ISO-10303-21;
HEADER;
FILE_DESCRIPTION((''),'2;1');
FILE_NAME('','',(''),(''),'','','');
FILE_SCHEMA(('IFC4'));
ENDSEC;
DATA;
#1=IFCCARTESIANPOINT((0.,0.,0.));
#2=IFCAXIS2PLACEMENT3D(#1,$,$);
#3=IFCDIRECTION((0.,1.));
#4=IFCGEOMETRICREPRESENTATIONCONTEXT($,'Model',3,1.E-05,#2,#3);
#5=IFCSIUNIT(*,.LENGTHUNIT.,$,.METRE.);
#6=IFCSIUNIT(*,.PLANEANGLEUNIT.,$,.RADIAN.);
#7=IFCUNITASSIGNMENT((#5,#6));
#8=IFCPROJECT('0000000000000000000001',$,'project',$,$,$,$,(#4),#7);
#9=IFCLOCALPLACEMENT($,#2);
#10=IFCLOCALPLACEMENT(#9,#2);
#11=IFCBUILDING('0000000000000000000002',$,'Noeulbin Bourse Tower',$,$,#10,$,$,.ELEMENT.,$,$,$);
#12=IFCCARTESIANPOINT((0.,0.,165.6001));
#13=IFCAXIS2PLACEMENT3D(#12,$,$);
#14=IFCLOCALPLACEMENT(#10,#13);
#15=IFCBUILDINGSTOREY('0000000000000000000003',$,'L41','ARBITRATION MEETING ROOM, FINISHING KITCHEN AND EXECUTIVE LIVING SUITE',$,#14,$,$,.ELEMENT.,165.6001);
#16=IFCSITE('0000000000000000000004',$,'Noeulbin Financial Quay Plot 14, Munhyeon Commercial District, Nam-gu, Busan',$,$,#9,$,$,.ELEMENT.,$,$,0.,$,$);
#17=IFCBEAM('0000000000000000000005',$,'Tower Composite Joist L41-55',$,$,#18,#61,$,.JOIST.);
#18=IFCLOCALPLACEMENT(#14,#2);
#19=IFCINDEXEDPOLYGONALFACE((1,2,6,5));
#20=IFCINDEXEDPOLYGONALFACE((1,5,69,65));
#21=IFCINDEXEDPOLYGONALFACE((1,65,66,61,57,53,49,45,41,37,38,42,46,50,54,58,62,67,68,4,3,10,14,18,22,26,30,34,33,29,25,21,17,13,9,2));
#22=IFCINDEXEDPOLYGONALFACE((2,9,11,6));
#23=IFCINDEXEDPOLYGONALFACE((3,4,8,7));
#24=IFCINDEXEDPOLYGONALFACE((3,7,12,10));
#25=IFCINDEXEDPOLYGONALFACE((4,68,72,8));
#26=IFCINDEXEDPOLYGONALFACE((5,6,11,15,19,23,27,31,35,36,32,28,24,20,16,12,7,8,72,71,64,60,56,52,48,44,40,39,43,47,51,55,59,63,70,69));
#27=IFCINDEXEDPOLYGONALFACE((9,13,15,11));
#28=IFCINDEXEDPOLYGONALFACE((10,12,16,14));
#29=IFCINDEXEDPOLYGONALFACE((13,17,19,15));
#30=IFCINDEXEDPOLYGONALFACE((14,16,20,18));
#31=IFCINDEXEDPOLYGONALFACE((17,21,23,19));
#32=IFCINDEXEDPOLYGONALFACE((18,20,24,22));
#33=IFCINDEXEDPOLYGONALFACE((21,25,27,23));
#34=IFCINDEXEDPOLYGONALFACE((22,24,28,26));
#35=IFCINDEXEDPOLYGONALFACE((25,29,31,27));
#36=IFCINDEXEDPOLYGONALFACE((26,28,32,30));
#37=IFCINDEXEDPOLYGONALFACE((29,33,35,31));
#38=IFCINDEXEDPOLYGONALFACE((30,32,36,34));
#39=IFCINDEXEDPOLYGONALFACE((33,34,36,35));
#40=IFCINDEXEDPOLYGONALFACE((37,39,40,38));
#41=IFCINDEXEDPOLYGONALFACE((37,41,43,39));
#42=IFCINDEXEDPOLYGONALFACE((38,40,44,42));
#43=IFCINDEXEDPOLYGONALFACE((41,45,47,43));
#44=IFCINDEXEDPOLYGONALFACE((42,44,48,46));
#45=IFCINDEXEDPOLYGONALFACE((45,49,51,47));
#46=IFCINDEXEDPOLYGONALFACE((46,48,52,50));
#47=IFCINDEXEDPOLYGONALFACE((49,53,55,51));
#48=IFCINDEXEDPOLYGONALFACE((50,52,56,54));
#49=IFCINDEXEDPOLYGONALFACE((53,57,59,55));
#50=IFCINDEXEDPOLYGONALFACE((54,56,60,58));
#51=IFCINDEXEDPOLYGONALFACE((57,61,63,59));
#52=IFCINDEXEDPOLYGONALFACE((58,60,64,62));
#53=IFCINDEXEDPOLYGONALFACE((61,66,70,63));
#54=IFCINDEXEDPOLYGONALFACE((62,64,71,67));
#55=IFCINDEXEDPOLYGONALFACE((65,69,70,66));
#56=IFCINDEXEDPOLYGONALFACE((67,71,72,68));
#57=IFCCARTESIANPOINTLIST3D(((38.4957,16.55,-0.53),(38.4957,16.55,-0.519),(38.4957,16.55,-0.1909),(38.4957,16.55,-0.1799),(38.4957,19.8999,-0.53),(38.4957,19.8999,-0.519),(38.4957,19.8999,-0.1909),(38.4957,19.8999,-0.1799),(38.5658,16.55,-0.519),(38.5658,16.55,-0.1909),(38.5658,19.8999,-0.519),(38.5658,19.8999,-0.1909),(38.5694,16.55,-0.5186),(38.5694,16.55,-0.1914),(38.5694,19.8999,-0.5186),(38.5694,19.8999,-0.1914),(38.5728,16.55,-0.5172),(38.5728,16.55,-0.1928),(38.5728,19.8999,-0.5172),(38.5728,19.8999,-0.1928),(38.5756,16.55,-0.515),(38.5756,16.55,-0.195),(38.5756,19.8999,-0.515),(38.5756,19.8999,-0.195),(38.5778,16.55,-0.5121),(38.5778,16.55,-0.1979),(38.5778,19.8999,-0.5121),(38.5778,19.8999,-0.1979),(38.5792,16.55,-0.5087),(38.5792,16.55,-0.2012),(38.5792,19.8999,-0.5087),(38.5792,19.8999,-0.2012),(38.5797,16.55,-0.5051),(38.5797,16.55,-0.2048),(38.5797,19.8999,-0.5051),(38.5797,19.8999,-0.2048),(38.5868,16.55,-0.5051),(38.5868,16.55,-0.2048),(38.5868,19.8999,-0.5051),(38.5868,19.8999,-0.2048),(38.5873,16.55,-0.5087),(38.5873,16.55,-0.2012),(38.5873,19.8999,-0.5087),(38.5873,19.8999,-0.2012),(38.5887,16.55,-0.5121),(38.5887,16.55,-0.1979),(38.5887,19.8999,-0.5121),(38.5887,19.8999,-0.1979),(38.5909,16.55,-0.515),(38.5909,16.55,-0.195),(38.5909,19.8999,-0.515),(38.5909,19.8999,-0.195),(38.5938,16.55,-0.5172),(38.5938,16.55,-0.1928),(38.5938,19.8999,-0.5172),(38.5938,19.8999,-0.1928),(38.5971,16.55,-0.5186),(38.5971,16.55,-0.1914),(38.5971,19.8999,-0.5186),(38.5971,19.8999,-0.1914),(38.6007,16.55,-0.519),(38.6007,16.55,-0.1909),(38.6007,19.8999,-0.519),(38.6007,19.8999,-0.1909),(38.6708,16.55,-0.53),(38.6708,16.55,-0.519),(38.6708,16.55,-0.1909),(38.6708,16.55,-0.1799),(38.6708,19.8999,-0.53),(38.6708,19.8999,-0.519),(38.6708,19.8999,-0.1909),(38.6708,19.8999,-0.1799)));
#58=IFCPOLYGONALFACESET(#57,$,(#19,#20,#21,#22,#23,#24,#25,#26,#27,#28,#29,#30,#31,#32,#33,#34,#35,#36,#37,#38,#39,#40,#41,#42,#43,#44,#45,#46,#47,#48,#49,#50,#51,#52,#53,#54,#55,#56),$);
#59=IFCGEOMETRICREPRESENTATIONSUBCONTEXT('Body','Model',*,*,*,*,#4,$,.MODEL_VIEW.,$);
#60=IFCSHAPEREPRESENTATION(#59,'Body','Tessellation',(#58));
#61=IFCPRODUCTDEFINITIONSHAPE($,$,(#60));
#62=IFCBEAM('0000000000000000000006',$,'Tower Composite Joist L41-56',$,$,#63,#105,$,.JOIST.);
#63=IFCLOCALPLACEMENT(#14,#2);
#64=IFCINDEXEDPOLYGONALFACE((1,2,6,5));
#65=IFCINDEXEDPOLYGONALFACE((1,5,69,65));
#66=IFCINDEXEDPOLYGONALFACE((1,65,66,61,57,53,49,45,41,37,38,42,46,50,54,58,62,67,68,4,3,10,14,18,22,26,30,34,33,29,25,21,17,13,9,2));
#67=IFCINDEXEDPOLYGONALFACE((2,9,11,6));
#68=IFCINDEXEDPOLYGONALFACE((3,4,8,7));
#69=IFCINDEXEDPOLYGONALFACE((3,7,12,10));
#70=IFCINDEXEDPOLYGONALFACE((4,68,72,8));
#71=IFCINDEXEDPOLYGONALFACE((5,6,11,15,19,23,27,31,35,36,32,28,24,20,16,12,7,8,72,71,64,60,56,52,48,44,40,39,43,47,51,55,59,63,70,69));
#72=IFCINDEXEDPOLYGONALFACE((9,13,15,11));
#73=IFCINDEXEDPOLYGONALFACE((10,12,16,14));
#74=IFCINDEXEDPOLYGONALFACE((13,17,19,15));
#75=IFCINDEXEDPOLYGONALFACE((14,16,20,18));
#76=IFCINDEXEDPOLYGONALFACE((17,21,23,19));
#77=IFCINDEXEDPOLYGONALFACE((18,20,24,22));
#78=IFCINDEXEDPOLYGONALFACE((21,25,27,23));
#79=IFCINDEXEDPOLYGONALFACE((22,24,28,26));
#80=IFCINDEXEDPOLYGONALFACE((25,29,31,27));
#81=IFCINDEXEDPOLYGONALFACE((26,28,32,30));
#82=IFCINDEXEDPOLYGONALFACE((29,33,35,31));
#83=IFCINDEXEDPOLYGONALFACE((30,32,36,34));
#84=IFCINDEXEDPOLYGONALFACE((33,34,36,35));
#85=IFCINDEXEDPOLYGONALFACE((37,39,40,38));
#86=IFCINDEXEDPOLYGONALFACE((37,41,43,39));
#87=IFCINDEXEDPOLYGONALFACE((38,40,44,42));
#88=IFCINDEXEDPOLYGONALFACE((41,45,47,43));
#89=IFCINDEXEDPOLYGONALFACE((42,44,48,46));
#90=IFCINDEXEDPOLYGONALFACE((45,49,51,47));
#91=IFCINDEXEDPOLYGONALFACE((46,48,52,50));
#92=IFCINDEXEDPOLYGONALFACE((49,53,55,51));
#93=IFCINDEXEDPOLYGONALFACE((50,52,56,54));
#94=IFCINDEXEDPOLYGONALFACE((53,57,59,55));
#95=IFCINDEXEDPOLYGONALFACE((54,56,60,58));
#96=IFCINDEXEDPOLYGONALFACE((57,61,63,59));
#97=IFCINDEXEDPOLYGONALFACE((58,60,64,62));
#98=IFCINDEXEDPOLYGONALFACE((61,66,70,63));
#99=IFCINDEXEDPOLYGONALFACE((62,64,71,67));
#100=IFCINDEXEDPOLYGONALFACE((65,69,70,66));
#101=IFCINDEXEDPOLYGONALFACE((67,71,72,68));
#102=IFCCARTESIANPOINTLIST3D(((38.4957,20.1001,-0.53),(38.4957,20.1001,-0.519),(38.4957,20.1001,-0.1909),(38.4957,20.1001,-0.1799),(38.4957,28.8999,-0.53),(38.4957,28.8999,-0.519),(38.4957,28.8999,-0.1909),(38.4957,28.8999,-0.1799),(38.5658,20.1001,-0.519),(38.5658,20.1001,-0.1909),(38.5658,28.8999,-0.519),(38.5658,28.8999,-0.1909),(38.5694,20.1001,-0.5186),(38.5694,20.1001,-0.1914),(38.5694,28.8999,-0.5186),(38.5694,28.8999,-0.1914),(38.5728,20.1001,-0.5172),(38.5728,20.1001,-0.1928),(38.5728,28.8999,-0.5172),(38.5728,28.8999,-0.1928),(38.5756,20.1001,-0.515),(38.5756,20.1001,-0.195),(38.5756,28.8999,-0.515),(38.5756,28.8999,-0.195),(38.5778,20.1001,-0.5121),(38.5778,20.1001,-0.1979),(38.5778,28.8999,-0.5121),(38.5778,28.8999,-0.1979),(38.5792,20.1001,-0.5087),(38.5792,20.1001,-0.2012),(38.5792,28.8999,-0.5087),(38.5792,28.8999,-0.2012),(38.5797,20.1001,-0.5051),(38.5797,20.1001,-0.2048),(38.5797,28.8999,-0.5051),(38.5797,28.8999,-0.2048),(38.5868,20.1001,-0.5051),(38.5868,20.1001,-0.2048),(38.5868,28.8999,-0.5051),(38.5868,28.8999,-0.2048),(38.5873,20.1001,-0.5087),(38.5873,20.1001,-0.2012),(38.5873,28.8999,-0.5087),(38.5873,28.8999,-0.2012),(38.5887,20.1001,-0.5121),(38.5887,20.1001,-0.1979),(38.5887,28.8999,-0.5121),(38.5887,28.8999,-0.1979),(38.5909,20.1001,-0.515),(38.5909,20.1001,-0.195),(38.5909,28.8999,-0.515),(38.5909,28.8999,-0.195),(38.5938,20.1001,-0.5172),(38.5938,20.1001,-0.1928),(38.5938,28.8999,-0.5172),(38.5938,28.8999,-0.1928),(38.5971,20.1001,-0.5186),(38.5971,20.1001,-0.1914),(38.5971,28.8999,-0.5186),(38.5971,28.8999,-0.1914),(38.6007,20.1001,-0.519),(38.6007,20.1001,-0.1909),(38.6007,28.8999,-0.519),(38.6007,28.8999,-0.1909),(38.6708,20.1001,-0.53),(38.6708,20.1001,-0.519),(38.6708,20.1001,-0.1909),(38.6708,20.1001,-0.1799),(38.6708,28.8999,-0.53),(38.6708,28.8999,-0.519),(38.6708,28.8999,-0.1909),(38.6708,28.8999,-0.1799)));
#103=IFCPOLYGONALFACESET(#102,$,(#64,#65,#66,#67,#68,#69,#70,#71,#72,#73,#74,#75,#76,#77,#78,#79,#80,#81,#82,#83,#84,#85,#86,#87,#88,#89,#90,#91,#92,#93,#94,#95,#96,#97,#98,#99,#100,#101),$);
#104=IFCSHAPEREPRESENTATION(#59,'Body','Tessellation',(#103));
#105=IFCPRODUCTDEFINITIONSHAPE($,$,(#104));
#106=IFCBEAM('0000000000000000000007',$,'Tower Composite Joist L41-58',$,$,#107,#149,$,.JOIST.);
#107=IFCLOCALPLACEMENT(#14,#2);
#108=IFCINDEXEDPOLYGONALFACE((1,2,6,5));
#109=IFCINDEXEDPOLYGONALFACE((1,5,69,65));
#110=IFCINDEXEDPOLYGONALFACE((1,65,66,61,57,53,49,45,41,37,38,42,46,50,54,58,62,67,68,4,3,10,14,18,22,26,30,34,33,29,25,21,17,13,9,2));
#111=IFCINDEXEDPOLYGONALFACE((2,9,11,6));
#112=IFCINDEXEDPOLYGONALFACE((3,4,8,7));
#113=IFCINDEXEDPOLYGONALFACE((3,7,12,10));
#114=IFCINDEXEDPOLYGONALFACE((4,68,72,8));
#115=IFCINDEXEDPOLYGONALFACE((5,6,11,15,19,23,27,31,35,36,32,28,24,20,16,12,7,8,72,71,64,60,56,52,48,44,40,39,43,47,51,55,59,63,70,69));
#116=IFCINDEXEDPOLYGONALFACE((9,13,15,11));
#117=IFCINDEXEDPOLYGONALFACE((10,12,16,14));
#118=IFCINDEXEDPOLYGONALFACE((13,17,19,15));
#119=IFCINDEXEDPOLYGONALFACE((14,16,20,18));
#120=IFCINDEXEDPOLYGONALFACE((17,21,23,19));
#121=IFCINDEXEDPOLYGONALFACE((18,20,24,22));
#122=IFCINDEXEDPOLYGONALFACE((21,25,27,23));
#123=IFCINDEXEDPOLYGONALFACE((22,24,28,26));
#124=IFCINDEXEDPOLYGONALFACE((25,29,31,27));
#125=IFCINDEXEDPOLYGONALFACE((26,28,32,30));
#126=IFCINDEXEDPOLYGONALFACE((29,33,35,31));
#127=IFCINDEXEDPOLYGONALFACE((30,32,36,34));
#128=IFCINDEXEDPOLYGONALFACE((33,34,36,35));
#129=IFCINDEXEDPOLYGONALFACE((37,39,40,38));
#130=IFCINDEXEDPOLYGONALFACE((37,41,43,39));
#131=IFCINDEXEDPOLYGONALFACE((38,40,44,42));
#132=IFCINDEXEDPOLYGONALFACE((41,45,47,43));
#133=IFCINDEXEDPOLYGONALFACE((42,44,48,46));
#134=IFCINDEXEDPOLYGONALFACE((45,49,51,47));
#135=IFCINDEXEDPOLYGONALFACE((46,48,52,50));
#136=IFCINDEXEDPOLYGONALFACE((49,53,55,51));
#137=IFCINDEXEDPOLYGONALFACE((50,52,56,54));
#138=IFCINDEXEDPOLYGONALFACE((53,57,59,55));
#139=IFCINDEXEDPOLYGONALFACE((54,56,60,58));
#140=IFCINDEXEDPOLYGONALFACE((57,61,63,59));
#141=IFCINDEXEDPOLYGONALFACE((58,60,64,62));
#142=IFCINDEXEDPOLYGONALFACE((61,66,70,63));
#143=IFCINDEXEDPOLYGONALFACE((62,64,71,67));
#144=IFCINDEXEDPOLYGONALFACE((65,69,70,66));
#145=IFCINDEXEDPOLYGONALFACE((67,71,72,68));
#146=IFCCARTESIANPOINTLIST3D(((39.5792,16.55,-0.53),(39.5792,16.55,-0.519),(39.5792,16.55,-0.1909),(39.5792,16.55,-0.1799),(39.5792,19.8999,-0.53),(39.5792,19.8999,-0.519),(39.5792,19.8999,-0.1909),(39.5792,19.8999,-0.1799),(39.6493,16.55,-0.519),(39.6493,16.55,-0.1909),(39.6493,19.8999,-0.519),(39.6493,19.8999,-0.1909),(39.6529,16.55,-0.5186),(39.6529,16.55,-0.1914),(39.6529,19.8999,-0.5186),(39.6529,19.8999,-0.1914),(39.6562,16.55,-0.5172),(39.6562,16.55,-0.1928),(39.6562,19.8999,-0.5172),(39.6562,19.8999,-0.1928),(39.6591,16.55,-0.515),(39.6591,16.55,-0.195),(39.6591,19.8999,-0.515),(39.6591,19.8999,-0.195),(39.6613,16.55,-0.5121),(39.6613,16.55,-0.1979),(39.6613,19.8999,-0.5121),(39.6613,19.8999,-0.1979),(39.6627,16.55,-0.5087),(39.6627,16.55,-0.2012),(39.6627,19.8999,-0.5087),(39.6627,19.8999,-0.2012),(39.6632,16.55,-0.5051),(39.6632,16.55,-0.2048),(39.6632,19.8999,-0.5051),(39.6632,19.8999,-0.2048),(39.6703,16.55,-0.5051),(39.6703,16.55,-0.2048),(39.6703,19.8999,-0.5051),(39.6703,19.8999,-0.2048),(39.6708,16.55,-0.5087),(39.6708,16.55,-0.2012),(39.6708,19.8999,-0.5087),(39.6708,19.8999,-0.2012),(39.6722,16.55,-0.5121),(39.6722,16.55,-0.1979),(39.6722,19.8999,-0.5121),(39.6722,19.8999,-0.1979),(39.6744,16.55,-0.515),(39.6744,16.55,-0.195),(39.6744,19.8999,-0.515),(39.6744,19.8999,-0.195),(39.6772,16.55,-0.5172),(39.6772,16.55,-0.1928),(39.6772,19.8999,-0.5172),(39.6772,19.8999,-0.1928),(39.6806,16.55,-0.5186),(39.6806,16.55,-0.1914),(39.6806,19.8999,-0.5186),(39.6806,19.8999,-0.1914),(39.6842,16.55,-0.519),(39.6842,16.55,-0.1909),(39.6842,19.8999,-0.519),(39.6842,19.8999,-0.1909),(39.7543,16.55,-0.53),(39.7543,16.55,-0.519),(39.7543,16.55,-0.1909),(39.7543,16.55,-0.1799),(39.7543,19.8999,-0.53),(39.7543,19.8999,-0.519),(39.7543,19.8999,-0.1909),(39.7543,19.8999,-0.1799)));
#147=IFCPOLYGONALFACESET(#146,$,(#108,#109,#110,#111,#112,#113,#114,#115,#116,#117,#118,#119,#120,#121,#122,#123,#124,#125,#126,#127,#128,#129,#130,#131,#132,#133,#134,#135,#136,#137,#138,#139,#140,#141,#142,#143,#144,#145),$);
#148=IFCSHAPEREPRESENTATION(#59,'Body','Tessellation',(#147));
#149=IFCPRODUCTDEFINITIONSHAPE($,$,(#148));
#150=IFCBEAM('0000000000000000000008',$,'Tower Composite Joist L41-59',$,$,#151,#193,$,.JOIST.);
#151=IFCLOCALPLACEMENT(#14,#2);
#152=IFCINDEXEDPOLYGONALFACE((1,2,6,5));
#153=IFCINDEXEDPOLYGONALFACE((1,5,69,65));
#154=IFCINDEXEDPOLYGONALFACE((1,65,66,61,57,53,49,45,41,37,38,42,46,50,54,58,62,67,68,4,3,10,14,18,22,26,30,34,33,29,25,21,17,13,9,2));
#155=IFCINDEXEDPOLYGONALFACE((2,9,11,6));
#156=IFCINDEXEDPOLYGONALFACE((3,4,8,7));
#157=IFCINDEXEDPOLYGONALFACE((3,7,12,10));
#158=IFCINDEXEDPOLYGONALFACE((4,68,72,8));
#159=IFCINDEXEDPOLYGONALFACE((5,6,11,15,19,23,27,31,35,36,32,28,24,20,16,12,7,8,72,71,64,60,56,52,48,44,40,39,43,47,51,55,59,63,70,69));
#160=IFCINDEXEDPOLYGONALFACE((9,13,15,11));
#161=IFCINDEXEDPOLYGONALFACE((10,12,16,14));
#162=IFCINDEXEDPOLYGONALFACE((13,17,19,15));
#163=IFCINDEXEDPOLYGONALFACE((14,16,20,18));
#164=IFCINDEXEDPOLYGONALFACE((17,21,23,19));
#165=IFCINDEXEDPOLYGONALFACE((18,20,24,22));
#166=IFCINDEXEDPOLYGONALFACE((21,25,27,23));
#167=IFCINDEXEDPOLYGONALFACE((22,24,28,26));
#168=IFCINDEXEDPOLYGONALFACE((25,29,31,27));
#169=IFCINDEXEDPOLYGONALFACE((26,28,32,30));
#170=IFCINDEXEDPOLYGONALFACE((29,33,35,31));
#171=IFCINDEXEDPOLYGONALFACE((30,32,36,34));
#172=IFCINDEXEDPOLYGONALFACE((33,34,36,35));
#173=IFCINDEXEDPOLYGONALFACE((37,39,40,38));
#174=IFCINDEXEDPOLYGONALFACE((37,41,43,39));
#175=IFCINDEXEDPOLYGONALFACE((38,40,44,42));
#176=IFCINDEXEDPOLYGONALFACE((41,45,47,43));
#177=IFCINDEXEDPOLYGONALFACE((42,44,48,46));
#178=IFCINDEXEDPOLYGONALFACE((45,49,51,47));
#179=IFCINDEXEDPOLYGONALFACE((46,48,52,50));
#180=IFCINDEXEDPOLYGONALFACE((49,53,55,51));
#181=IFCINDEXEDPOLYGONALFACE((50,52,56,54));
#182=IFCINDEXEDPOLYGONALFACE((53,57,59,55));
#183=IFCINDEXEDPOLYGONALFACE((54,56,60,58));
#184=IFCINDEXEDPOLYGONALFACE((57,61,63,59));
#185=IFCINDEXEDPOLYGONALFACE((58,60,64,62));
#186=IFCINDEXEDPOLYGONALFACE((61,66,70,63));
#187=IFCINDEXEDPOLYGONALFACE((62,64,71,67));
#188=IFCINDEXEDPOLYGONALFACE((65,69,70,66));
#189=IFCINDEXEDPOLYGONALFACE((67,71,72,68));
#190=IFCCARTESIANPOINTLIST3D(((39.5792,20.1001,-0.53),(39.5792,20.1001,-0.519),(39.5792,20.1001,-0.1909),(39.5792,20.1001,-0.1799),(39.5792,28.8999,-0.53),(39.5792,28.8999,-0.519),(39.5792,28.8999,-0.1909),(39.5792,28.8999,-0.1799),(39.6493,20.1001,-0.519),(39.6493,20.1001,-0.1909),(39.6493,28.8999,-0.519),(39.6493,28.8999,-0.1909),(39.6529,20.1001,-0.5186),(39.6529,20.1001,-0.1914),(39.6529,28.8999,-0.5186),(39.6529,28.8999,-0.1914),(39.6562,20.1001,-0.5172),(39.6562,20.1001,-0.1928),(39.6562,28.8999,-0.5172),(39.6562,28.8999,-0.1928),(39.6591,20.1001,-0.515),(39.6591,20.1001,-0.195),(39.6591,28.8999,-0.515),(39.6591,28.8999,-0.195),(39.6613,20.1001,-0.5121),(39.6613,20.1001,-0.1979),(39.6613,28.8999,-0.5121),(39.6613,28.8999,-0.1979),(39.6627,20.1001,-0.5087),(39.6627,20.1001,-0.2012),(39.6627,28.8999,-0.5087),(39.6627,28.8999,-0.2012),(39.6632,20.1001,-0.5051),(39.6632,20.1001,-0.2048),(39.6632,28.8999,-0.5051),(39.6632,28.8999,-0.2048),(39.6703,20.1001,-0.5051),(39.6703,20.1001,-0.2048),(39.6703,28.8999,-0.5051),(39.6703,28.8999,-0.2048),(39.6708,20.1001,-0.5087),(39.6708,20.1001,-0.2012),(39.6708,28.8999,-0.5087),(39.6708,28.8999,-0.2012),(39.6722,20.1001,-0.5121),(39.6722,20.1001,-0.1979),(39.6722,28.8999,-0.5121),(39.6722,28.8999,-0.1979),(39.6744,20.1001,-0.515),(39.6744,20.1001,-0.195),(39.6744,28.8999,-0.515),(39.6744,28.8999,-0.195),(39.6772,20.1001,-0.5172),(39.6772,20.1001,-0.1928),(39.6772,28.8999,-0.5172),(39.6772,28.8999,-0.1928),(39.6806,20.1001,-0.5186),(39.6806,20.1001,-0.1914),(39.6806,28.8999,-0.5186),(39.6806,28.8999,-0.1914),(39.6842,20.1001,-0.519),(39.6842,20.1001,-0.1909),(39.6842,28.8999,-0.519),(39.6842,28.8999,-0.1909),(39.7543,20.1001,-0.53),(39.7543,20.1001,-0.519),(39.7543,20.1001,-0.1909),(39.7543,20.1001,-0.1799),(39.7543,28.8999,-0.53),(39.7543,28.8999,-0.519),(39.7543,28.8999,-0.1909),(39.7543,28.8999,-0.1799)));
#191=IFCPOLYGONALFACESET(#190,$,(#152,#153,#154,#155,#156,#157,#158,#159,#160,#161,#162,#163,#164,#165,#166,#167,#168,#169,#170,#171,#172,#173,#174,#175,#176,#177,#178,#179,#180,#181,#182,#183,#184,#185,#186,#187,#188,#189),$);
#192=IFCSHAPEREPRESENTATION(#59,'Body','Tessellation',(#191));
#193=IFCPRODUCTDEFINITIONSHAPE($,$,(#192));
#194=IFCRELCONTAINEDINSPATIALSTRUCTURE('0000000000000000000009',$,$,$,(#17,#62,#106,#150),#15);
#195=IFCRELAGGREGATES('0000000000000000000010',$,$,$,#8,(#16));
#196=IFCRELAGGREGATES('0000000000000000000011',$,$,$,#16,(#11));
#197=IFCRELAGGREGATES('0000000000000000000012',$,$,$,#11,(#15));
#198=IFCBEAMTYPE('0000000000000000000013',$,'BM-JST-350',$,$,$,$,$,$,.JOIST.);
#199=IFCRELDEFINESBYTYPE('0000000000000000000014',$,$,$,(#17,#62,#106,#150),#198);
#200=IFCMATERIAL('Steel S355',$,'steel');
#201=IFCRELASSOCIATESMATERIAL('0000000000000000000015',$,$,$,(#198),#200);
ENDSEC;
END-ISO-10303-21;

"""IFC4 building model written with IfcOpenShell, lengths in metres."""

from ifc_helpers import new_model, si_unit, direction, frame, origin, origin_2d, place, context, subcontext, project, spatial, i_section, extrude, material, material_profile, profile_set, type_object, element, save


model = new_model("IFC4")

# Units and contexts
model_context = context("Model", 3, precision=1e-05, world=origin(), true_north=direction((0.0, 1.0)))
body_context = subcontext(model_context, "Body", "Model", "MODEL_VIEW")
ifc_project = project(units=[si_unit("LENGTHUNIT", "METRE"), si_unit("PLANEANGLEUNIT", "RADIAN")], contexts=[model_context])

# Site, building, storey
site_placement = place(None, origin())
site = spatial("IfcSite", under=ifc_project, at=site_placement, Name="Noeulbin Financial Quay Plot 14, Munhyeon Commercial District, Nam-gu, Busan", CompositionType="ELEMENT", RefElevation=0.0)
building_placement = place(site_placement, origin())
building = spatial("IfcBuilding", under=site, at=building_placement, Name="Noeulbin Bourse Tower", CompositionType="ELEMENT")
storey_placement = place(building_placement, frame((0.0, 0.0, 165.6001)))
storey = spatial("IfcBuildingStorey", under=building, at=storey_placement, Name="L41", Description="ARBITRATION MEETING ROOM, FINISHING KITCHEN AND EXECUTIVE LIVING SUITE", CompositionType="ELEMENT", Elevation=165.6001)

# Beams
ifc_material_1 = material(Name="Steel S355", Category="steel")
ifc_material_profile_1 = material_profile(ifc_material_1, i_section(OverallWidth=0.175, OverallDepth=0.3501, WebThickness=0.0071, FlangeThickness=0.011, FilletRadius=0.0139, at=origin_2d()), Name="H-350x175x7x11", Category="LoadBearing")
ifc_profile_set_1 = profile_set([ifc_material_profile_1], Name="Steel S355")
beam_type_1 = type_object("IfcBeamType", Name="BM-JST-350", PredefinedType="JOIST", material=ifc_profile_set_1)
beam_1_placement = place(storey_placement, frame((38.5833, 16.55, -0.355), z_axis=(0.0, 1.0, 0.0), x_axis=(-1.0, 0.0, 0.0)))
element("IfcBeam", 1, at=beam_1_placement, inside=storey, type_object=beam_type_1, Name="Tower Composite Joist L41-55", PredefinedType="JOIST", context=body_context, shape_type="SweptSolid", body=[
    extrude(i_section(OverallWidth=0.175, OverallDepth=0.3501, WebThickness=0.0071, FlangeThickness=0.011, FilletRadius=0.0139, at=origin_2d()), origin(), (0.0, 0.0, 1.0), 3.3499),
])
beam_2_placement = place(storey_placement, frame((38.5833, 20.1001, -0.355), z_axis=(0.0, 1.0, 0.0), x_axis=(-1.0, 0.0, 0.0)))
element("IfcBeam", 2, at=beam_2_placement, inside=storey, type_object=beam_type_1, Name="Tower Composite Joist L41-56", PredefinedType="JOIST", context=body_context, shape_type="SweptSolid", body=[
    extrude(i_section(OverallWidth=0.175, OverallDepth=0.3501, WebThickness=0.0071, FlangeThickness=0.011, FilletRadius=0.0139, at=origin_2d()), origin(), (0.0, 0.0, 1.0), 8.7998),
])
beam_3_placement = place(storey_placement, frame((39.6667, 16.55, -0.355), z_axis=(0.0, 1.0, 0.0), x_axis=(-1.0, 0.0, 0.0)))
element("IfcBeam", 3, at=beam_3_placement, inside=storey, type_object=beam_type_1, Name="Tower Composite Joist L41-58", PredefinedType="JOIST", context=body_context, shape_type="SweptSolid", body=[
    extrude(i_section(OverallWidth=0.175, OverallDepth=0.3501, WebThickness=0.0071, FlangeThickness=0.011, FilletRadius=0.0139, at=origin_2d()), origin(), (0.0, 0.0, 1.0), 3.3499),
])
beam_4_placement = place(storey_placement, frame((39.6667, 20.1001, -0.355), z_axis=(0.0, 1.0, 0.0), x_axis=(-1.0, 0.0, 0.0)))
element("IfcBeam", 4, at=beam_4_placement, inside=storey, type_object=beam_type_1, Name="Tower Composite Joist L41-59", PredefinedType="JOIST", context=body_context, shape_type="SweptSolid", body=[
    extrude(i_section(OverallWidth=0.175, OverallDepth=0.3501, WebThickness=0.0071, FlangeThickness=0.011, FilletRadius=0.0139, at=origin_2d()), origin(), (0.0, 0.0, 1.0), 8.7998),
])

save(model, "model.ifc")
